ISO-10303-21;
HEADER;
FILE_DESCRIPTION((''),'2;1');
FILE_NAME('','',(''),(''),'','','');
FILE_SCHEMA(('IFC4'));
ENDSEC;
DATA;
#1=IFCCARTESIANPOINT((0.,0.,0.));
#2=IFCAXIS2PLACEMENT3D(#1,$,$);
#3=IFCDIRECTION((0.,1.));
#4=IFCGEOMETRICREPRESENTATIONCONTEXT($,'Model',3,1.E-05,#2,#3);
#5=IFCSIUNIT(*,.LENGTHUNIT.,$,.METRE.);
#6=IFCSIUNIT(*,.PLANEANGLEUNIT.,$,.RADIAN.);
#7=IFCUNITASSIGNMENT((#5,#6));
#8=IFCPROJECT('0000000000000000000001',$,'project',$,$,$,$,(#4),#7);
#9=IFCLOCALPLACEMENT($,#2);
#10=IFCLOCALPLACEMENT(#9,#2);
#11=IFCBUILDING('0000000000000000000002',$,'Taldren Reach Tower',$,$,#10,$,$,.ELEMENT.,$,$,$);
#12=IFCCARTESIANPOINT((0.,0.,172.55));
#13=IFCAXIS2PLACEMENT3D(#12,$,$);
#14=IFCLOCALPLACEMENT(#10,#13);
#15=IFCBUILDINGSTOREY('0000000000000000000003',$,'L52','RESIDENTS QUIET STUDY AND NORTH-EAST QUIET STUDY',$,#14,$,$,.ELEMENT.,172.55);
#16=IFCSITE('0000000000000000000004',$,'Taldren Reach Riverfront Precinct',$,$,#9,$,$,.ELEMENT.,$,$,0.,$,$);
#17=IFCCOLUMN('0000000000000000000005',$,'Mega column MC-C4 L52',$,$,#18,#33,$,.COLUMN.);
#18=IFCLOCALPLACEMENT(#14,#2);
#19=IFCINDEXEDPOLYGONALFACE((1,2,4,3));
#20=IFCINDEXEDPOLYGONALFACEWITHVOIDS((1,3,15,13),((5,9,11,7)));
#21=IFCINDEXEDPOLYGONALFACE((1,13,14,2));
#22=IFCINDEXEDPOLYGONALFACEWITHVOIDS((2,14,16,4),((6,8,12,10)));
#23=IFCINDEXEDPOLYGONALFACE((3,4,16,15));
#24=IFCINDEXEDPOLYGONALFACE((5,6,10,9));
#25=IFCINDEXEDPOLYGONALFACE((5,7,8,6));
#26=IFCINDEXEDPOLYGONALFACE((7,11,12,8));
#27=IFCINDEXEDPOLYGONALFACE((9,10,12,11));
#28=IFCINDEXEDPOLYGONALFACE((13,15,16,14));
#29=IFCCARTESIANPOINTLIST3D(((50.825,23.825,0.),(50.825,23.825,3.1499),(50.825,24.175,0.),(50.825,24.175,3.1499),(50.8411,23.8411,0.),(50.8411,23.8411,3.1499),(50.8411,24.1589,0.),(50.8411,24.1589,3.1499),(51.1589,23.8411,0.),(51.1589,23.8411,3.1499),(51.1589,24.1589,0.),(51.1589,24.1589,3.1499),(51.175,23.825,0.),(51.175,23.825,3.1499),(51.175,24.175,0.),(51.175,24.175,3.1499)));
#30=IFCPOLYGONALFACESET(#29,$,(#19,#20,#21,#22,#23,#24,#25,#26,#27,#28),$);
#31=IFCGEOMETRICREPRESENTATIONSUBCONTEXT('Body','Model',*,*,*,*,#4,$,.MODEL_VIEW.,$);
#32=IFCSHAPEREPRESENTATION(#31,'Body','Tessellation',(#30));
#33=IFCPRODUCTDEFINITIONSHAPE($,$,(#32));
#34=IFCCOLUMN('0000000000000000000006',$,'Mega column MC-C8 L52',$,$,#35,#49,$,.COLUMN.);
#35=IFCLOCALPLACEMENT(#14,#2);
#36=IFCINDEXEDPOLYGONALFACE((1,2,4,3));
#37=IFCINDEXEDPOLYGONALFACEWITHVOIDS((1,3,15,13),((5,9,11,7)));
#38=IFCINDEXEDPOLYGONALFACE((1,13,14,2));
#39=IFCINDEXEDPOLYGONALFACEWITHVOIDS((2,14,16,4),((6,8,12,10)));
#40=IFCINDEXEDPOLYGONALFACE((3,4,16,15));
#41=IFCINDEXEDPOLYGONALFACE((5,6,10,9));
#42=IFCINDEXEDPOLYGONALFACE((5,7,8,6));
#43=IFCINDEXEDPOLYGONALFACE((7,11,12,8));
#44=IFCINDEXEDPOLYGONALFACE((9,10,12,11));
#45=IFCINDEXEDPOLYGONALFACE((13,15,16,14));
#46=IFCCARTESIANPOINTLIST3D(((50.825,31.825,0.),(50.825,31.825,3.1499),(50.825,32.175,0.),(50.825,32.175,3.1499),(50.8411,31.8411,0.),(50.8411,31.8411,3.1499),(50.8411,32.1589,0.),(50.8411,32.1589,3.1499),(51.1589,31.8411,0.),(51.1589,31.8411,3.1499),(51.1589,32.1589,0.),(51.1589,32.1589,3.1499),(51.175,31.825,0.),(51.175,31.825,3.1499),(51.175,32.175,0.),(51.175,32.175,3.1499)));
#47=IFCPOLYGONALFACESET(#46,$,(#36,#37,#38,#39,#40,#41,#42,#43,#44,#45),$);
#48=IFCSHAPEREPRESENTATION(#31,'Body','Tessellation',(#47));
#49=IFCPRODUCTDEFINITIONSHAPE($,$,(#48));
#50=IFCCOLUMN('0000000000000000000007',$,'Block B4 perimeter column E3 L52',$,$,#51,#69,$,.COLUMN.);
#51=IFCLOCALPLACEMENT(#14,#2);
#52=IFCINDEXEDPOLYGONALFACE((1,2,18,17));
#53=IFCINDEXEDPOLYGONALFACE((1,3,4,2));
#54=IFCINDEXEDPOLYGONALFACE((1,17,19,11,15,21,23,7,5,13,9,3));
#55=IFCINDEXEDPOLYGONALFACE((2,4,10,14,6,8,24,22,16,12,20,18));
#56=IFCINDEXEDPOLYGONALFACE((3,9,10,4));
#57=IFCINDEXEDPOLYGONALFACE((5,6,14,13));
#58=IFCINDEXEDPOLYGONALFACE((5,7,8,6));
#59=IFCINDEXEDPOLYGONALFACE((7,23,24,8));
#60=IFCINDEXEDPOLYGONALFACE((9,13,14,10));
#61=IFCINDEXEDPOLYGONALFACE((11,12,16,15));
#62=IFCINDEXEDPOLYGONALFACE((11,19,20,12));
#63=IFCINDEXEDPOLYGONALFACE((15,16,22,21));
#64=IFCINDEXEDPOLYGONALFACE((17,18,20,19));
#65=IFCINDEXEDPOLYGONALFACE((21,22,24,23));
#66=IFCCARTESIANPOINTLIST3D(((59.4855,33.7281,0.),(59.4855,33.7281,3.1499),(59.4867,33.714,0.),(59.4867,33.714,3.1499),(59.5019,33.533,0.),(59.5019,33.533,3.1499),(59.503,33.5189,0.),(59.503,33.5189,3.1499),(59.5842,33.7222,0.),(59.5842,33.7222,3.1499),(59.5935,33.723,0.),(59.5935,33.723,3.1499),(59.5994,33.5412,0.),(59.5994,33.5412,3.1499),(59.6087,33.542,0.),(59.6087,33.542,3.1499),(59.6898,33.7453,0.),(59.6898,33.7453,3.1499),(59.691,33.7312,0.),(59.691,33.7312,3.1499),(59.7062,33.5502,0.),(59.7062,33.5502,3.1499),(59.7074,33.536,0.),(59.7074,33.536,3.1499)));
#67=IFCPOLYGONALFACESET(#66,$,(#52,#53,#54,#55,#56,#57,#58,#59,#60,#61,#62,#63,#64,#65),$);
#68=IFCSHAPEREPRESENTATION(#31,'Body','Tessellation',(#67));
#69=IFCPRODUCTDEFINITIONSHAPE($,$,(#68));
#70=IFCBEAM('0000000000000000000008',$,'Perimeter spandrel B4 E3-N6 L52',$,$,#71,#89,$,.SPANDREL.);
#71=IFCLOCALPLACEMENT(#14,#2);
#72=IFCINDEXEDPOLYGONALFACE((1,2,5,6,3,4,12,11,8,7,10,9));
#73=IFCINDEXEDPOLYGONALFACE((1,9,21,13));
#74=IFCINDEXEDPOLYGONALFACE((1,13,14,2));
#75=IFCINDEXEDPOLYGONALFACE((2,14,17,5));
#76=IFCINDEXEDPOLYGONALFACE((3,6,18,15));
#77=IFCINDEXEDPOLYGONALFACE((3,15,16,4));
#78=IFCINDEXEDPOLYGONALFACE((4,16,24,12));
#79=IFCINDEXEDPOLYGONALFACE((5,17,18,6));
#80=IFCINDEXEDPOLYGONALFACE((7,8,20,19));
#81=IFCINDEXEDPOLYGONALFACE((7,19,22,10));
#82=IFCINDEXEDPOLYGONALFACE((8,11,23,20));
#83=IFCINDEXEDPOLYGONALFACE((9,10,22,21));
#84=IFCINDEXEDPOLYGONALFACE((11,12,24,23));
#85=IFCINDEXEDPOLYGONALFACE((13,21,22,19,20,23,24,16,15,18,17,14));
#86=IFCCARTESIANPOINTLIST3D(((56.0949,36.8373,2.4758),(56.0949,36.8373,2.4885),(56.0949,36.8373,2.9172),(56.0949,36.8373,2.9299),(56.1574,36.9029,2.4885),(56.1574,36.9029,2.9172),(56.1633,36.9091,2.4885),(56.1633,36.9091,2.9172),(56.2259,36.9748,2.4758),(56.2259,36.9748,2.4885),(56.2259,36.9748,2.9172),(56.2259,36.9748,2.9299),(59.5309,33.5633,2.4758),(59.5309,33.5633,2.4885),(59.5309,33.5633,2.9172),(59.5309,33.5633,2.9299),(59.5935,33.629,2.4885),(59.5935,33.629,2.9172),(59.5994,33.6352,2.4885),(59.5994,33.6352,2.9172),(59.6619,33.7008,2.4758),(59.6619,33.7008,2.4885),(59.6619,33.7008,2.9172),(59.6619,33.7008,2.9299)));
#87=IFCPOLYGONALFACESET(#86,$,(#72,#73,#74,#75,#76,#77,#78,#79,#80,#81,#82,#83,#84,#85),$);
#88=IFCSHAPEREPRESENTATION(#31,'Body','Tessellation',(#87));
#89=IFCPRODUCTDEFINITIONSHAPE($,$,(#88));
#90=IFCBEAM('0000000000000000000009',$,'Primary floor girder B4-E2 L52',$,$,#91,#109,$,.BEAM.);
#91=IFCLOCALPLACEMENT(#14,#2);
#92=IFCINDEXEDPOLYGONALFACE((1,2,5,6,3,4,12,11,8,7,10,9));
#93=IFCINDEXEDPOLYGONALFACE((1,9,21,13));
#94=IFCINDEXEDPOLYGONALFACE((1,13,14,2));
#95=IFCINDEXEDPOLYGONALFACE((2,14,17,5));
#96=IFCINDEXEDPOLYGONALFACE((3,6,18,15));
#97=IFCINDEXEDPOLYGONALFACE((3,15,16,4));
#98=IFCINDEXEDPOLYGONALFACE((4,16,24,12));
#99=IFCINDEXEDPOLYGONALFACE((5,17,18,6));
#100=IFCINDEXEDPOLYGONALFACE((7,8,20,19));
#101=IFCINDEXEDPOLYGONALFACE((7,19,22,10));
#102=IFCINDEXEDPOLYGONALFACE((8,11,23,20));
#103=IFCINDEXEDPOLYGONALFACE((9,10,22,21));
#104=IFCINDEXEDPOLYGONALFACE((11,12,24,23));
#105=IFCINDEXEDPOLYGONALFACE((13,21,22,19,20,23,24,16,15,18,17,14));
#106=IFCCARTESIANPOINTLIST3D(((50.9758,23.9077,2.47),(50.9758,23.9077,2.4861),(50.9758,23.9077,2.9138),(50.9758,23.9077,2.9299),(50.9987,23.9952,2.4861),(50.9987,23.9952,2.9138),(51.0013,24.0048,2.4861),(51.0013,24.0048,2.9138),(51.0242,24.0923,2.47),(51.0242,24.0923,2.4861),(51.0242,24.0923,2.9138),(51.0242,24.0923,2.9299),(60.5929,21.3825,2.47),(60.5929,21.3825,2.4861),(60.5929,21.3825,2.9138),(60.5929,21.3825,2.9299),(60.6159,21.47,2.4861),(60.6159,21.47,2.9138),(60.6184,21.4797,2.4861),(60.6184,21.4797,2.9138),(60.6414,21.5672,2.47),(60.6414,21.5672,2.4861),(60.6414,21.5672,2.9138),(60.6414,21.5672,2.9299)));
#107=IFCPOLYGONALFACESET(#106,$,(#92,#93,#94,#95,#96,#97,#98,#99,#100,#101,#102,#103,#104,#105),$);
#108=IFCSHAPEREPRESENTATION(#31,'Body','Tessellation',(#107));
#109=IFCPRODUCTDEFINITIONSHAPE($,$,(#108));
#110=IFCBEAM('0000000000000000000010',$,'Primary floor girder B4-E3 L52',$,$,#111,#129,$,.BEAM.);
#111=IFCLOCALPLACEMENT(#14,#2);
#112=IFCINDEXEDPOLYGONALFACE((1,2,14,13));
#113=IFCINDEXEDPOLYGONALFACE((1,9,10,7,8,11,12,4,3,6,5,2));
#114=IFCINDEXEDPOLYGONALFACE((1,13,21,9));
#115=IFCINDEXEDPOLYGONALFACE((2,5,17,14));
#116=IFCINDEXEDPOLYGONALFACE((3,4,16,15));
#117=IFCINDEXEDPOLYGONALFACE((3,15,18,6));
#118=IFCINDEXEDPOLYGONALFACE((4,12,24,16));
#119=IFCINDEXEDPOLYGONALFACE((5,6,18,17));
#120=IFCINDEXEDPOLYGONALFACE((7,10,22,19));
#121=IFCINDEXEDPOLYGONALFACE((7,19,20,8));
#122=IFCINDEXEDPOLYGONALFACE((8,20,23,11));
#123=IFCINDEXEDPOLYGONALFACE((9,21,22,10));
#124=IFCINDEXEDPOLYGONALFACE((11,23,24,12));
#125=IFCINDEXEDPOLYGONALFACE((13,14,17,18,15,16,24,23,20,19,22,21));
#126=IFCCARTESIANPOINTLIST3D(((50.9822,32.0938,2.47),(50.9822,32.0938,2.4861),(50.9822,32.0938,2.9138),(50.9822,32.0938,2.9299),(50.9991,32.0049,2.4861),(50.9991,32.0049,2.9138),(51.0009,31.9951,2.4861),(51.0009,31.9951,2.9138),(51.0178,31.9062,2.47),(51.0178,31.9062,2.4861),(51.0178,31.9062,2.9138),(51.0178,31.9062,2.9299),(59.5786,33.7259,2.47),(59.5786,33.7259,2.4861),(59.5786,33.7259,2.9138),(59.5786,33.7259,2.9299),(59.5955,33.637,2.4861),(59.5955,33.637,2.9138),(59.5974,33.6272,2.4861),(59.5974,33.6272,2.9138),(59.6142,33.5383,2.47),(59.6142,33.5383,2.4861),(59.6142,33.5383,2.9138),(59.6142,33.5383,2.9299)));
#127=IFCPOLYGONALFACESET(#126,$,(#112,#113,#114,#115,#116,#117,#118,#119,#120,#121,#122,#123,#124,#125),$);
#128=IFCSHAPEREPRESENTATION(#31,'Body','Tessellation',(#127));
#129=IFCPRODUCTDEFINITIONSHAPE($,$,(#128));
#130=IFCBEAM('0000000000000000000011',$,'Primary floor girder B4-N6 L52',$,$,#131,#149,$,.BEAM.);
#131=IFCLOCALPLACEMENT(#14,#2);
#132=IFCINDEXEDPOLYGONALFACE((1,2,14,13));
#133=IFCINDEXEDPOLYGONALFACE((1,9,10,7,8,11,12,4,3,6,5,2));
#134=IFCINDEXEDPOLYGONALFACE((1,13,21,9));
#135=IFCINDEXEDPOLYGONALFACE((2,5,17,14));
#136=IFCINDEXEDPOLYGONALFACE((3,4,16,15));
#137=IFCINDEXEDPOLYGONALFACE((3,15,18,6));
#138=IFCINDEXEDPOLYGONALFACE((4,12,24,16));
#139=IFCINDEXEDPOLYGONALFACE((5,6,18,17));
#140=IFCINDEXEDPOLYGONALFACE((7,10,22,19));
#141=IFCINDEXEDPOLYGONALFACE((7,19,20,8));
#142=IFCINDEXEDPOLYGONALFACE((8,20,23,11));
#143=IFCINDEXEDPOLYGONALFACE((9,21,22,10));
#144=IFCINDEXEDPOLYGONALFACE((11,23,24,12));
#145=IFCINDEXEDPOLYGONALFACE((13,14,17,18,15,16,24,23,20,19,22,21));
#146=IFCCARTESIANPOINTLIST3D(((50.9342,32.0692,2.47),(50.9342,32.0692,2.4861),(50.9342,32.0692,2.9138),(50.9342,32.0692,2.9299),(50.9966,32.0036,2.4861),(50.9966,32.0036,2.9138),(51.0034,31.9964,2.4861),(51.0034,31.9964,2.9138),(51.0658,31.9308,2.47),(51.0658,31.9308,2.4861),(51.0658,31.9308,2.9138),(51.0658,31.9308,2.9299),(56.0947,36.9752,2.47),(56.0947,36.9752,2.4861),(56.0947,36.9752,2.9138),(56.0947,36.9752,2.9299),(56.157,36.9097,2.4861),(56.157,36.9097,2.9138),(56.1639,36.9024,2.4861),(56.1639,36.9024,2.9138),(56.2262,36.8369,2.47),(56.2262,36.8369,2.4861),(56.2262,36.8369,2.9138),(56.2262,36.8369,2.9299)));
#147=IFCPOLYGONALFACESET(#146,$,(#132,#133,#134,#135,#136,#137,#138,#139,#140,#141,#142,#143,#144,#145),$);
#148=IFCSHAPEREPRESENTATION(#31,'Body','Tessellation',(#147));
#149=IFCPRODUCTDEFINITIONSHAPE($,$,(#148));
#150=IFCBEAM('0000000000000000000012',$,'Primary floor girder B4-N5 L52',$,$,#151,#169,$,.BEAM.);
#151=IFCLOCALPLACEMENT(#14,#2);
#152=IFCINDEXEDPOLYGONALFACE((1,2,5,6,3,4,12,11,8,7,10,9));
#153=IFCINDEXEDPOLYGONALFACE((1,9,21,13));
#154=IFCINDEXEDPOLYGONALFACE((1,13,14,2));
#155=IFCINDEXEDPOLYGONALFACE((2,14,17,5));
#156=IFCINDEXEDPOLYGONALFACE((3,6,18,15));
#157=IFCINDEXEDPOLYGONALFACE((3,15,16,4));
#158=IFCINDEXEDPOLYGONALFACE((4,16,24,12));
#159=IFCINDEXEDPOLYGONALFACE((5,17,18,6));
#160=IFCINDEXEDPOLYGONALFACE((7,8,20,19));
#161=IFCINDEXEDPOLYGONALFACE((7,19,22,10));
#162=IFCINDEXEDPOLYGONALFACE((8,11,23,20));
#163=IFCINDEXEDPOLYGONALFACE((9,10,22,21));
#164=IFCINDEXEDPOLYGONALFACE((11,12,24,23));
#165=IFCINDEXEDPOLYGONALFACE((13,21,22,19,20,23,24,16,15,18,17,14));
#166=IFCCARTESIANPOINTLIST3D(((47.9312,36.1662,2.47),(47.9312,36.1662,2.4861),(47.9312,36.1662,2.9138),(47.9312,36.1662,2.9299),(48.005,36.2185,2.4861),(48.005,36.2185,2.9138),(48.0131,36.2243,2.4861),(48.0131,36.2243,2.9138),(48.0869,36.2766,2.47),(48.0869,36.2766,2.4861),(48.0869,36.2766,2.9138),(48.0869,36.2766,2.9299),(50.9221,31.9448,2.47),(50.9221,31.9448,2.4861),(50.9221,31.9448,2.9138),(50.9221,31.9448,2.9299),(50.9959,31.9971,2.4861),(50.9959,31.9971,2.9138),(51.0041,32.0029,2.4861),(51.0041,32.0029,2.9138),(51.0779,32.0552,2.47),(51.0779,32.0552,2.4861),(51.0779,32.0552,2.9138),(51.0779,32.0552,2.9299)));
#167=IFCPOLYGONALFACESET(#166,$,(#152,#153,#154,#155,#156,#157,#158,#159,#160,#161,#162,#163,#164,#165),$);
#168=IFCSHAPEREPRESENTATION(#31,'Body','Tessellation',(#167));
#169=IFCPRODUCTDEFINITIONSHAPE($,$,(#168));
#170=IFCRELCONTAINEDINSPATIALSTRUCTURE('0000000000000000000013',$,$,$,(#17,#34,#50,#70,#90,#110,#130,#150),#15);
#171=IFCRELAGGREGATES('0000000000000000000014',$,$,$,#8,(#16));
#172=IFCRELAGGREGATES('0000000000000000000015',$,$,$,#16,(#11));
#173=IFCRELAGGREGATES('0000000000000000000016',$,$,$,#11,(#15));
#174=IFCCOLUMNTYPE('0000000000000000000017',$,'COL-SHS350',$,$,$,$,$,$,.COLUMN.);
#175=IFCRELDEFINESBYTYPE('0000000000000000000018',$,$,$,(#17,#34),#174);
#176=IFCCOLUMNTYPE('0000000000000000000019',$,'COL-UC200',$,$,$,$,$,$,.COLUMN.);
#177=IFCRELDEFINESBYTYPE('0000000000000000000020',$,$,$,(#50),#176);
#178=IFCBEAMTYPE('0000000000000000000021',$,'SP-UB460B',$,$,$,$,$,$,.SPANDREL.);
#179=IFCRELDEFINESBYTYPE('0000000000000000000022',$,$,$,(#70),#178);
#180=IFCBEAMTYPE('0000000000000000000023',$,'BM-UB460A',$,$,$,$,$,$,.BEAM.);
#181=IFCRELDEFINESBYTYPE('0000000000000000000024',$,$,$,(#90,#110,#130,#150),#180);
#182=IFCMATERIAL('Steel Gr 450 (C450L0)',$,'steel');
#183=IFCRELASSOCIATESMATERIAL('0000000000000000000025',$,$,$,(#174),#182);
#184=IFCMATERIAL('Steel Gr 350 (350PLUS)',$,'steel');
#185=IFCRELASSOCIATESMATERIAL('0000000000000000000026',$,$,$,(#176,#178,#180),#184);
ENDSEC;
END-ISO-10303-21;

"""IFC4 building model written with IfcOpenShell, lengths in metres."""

from ifc_helpers import new_model, si_unit, direction, frame, origin, origin_2d, place, context, subcontext, project, spatial, hollow_rectangle, i_section, extrude, source, transform, mapped, material, material_profile, profile_set, type_object, element, save


model = new_model("IFC4")

# Units and contexts
model_context = context("Model", 3, precision=1e-05, world=origin(), true_north=direction((0.0, 1.0)))
body_context = subcontext(model_context, "Body", "Model", "MODEL_VIEW")
ifc_project = project(units=[si_unit("LENGTHUNIT", "METRE"), si_unit("PLANEANGLEUNIT", "RADIAN")], contexts=[model_context])

# Site, building, storey
site_placement = place(None, origin())
site = spatial("IfcSite", under=ifc_project, at=site_placement, Name="Taldren Reach Riverfront Precinct", CompositionType="ELEMENT", RefElevation=0.0)
building_placement = place(site_placement, origin())
building = spatial("IfcBuilding", under=site, at=building_placement, Name="Taldren Reach Tower", CompositionType="ELEMENT")
storey_placement = place(building_placement, frame((0.0, 0.0, 172.55)))
storey = spatial("IfcBuildingStorey", under=building, at=storey_placement, Name="L52", Description="RESIDENTS QUIET STUDY AND NORTH-EAST QUIET STUDY", CompositionType="ELEMENT", Elevation=172.55)

# Columns
ifc_material_1 = material(Name="Steel Gr 450 (C450L0)", Category="steel")
ifc_material_profile_1 = material_profile(ifc_material_1, hollow_rectangle(XDim=0.3501, YDim=0.3501, WallThickness=0.0161, at=origin_2d()), Name="350x350x16.0SHS")
ifc_profile_set_1 = profile_set([ifc_material_profile_1], Name="Steel Gr 450 (C450L0)")
column_type_1 = type_object("IfcColumnType", Name="COL-SHS350", PredefinedType="COLUMN", material=ifc_profile_set_1)
shared_shape_1 = source(origin(), body_context, "Body", "SweptSolid", [
    extrude(hollow_rectangle(XDim=0.3501, YDim=0.3501, WallThickness=0.0161, at=origin_2d()), origin(), (0.0, 0.0, 1.0), 3.1499),
])
for number, where, z_axis, x_axis, name in (
    (1, (51.0, 24.0, 0.0), (0.0, 0.0, 1.0), (1.0, 0.0, 0.0), "Mega column MC-C4 L52"),
    (2, (51.0, 32.0, 0.0), (0.0, 0.0, 1.0), (1.0, 0.0, 0.0), "Mega column MC-C8 L52"),
):
    element("IfcColumn", number, at=place(storey_placement, frame(where, z_axis=z_axis, x_axis=x_axis)), inside=storey, type_object=column_type_1, Name=name, PredefinedType="COLUMN", context=body_context, shape_type="MappedRepresentation", body=[
        mapped(shared_shape_1, transform((0.0, 0.0, 0.0), scale=1.0)),
    ])
ifc_material_2 = material(Name="Steel Gr 350 (350PLUS)", Category="steel")
ifc_material_profile_2 = material_profile(ifc_material_2, i_section(OverallWidth=0.2051, OverallDepth=0.21, WebThickness=0.0093, FlangeThickness=0.0142, at=origin_2d()), Name="200UC59.5")
ifc_profile_set_2 = profile_set([ifc_material_profile_2], Name="Steel Gr 350 (350PLUS)")
column_type_2 = type_object("IfcColumnType", Name="COL-UC200", PredefinedType="COLUMN", material=ifc_profile_set_2)
shared_shape_2 = source(origin(), body_context, "Body", "SweptSolid", [
    extrude(i_section(OverallWidth=0.2051, OverallDepth=0.21, WebThickness=0.0093, FlangeThickness=0.0142, at=origin_2d()), origin(), (0.0, 0.0, 1.0), 3.1499),
])
column_placement = place(storey_placement, frame((59.5964, 33.6321, 0.0), z_axis=(0.0, 0.0, 1.0), x_axis=(0.996493, 0.083678, 0.0)))
element("IfcColumn", 3, at=column_placement, inside=storey, type_object=column_type_2, Name="Block B4 perimeter column E3 L52", PredefinedType="COLUMN", context=body_context, shape_type="MappedRepresentation", body=[
    mapped(shared_shape_2, transform((0.0, 0.0, 0.0), scale=1.0)),
])

# Beams
ifc_material_profile_3 = material_profile(ifc_material_2, i_section(OverallWidth=0.1899, OverallDepth=0.4541, WebThickness=0.0085, FlangeThickness=0.0127, at=origin_2d()), Name="460UB67.1")
ifc_profile_set_3 = profile_set([ifc_material_profile_3], Name="Steel Gr 350 (350PLUS)")
beam_type_1 = type_object("IfcBeamType", Name="SP-UB460B", PredefinedType="SPANDREL", material=ifc_profile_set_3)
shared_shape_3 = source(origin(), body_context, "Body", "SweptSolid", [
    extrude(i_section(OverallWidth=0.1899, OverallDepth=0.4541, WebThickness=0.0085, FlangeThickness=0.0127, at=origin_2d()), origin(), (0.0, 0.0, 1.0), 4.7461),
])
beam_1_placement = place(storey_placement, frame((59.5964, 33.6321, 2.7029), z_axis=(-0.723979, 0.689822, 0.0), x_axis=(-0.689822, -0.723979, 0.0)))
element("IfcBeam", 4, at=beam_1_placement, inside=storey, type_object=beam_type_1, Name="Perimeter spandrel B4 E3-N6 L52", PredefinedType="SPANDREL", context=body_context, shape_type="MappedRepresentation", body=[
    mapped(shared_shape_3, transform((0.0, 0.0, 0.0), scale=1.0)),
])
ifc_material_profile_4 = material_profile(ifc_material_2, i_section(OverallWidth=0.1909, OverallDepth=0.46, WebThickness=0.01, FlangeThickness=0.0161, at=origin_2d()), Name="460UB82.1")
ifc_profile_set_4 = profile_set([ifc_material_profile_4], Name="Steel Gr 350 (350PLUS)")
beam_type_2 = type_object("IfcBeamType", Name="BM-UB460A", PredefinedType="BEAM", material=ifc_profile_set_4)
shared_shape_4 = source(origin(), body_context, "Body", "SweptSolid", [
    extrude(i_section(OverallWidth=0.1909, OverallDepth=0.46, WebThickness=0.01, FlangeThickness=0.0161, at=origin_2d()), origin(), (0.0, 0.0, 1.0), 9.9431),
])
beam_2_placement = place(storey_placement, frame((51.0, 24.0, 2.7), z_axis=(0.967215, -0.253958, 0.0), x_axis=(0.253958, 0.967215, 0.0)))
element("IfcBeam", 5, at=beam_2_placement, inside=storey, type_object=beam_type_2, Name="Primary floor girder B4-E2 L52", PredefinedType="BEAM", context=body_context, shape_type="MappedRepresentation", body=[
    mapped(shared_shape_4, transform((0.0, 0.0, 0.0), scale=1.0)),
])
shared_shape_5 = source(origin(), body_context, "Body", "SweptSolid", [
    extrude(i_section(OverallWidth=0.1909, OverallDepth=0.46, WebThickness=0.01, FlangeThickness=0.0161, at=origin_2d()), origin(), (0.0, 0.0, 1.0), 8.75),
])
beam_3_placement = place(storey_placement, frame((51.0, 32.0, 2.7), z_axis=(0.98245, 0.186524, 0.0), x_axis=(-0.186524, 0.98245, 0.0)))
element("IfcBeam", 6, at=beam_3_placement, inside=storey, type_object=beam_type_2, Name="Primary floor girder B4-E3 L52", PredefinedType="BEAM", context=body_context, shape_type="MappedRepresentation", body=[
    mapped(shared_shape_5, transform((0.0, 0.0, 0.0), scale=1.0)),
])
shared_shape_6 = source(origin(), body_context, "Body", "SweptSolid", [
    extrude(i_section(OverallWidth=0.1909, OverallDepth=0.46, WebThickness=0.01, FlangeThickness=0.0161, at=origin_2d()), origin(), (0.0, 0.0, 1.0), 7.1204),
])
beam_4_placement = place(storey_placement, frame((51.0, 32.0, 2.7), z_axis=(0.724745, 0.689017, 0.0), x_axis=(-0.689017, 0.724745, 0.0)))
element("IfcBeam", 7, at=beam_4_placement, inside=storey, type_object=beam_type_2, Name="Primary floor girder B4-N6 L52", PredefinedType="BEAM", context=body_context, shape_type="MappedRepresentation", body=[
    mapped(shared_shape_6, transform((0.0, 0.0, 0.0), scale=1.0)),
])
shared_shape_7 = source(origin(), body_context, "Body", "SweptSolid", [
    extrude(i_section(OverallWidth=0.1909, OverallDepth=0.46, WebThickness=0.01, FlangeThickness=0.0161, at=origin_2d()), origin(), (0.0, 0.0, 1.0), 5.1736),
])
beam_5_placement = place(storey_placement, frame((51.0, 32.0, 2.7), z_axis=(-0.578118, 0.815953, 0.0), x_axis=(-0.815953, -0.578118, 0.0)))
element("IfcBeam", 8, at=beam_5_placement, inside=storey, type_object=beam_type_2, Name="Primary floor girder B4-N5 L52", PredefinedType="BEAM", context=body_context, shape_type="MappedRepresentation", body=[
    mapped(shared_shape_7, transform((0.0, 0.0, 0.0), scale=1.0)),
])

save(model, "model.ifc")
